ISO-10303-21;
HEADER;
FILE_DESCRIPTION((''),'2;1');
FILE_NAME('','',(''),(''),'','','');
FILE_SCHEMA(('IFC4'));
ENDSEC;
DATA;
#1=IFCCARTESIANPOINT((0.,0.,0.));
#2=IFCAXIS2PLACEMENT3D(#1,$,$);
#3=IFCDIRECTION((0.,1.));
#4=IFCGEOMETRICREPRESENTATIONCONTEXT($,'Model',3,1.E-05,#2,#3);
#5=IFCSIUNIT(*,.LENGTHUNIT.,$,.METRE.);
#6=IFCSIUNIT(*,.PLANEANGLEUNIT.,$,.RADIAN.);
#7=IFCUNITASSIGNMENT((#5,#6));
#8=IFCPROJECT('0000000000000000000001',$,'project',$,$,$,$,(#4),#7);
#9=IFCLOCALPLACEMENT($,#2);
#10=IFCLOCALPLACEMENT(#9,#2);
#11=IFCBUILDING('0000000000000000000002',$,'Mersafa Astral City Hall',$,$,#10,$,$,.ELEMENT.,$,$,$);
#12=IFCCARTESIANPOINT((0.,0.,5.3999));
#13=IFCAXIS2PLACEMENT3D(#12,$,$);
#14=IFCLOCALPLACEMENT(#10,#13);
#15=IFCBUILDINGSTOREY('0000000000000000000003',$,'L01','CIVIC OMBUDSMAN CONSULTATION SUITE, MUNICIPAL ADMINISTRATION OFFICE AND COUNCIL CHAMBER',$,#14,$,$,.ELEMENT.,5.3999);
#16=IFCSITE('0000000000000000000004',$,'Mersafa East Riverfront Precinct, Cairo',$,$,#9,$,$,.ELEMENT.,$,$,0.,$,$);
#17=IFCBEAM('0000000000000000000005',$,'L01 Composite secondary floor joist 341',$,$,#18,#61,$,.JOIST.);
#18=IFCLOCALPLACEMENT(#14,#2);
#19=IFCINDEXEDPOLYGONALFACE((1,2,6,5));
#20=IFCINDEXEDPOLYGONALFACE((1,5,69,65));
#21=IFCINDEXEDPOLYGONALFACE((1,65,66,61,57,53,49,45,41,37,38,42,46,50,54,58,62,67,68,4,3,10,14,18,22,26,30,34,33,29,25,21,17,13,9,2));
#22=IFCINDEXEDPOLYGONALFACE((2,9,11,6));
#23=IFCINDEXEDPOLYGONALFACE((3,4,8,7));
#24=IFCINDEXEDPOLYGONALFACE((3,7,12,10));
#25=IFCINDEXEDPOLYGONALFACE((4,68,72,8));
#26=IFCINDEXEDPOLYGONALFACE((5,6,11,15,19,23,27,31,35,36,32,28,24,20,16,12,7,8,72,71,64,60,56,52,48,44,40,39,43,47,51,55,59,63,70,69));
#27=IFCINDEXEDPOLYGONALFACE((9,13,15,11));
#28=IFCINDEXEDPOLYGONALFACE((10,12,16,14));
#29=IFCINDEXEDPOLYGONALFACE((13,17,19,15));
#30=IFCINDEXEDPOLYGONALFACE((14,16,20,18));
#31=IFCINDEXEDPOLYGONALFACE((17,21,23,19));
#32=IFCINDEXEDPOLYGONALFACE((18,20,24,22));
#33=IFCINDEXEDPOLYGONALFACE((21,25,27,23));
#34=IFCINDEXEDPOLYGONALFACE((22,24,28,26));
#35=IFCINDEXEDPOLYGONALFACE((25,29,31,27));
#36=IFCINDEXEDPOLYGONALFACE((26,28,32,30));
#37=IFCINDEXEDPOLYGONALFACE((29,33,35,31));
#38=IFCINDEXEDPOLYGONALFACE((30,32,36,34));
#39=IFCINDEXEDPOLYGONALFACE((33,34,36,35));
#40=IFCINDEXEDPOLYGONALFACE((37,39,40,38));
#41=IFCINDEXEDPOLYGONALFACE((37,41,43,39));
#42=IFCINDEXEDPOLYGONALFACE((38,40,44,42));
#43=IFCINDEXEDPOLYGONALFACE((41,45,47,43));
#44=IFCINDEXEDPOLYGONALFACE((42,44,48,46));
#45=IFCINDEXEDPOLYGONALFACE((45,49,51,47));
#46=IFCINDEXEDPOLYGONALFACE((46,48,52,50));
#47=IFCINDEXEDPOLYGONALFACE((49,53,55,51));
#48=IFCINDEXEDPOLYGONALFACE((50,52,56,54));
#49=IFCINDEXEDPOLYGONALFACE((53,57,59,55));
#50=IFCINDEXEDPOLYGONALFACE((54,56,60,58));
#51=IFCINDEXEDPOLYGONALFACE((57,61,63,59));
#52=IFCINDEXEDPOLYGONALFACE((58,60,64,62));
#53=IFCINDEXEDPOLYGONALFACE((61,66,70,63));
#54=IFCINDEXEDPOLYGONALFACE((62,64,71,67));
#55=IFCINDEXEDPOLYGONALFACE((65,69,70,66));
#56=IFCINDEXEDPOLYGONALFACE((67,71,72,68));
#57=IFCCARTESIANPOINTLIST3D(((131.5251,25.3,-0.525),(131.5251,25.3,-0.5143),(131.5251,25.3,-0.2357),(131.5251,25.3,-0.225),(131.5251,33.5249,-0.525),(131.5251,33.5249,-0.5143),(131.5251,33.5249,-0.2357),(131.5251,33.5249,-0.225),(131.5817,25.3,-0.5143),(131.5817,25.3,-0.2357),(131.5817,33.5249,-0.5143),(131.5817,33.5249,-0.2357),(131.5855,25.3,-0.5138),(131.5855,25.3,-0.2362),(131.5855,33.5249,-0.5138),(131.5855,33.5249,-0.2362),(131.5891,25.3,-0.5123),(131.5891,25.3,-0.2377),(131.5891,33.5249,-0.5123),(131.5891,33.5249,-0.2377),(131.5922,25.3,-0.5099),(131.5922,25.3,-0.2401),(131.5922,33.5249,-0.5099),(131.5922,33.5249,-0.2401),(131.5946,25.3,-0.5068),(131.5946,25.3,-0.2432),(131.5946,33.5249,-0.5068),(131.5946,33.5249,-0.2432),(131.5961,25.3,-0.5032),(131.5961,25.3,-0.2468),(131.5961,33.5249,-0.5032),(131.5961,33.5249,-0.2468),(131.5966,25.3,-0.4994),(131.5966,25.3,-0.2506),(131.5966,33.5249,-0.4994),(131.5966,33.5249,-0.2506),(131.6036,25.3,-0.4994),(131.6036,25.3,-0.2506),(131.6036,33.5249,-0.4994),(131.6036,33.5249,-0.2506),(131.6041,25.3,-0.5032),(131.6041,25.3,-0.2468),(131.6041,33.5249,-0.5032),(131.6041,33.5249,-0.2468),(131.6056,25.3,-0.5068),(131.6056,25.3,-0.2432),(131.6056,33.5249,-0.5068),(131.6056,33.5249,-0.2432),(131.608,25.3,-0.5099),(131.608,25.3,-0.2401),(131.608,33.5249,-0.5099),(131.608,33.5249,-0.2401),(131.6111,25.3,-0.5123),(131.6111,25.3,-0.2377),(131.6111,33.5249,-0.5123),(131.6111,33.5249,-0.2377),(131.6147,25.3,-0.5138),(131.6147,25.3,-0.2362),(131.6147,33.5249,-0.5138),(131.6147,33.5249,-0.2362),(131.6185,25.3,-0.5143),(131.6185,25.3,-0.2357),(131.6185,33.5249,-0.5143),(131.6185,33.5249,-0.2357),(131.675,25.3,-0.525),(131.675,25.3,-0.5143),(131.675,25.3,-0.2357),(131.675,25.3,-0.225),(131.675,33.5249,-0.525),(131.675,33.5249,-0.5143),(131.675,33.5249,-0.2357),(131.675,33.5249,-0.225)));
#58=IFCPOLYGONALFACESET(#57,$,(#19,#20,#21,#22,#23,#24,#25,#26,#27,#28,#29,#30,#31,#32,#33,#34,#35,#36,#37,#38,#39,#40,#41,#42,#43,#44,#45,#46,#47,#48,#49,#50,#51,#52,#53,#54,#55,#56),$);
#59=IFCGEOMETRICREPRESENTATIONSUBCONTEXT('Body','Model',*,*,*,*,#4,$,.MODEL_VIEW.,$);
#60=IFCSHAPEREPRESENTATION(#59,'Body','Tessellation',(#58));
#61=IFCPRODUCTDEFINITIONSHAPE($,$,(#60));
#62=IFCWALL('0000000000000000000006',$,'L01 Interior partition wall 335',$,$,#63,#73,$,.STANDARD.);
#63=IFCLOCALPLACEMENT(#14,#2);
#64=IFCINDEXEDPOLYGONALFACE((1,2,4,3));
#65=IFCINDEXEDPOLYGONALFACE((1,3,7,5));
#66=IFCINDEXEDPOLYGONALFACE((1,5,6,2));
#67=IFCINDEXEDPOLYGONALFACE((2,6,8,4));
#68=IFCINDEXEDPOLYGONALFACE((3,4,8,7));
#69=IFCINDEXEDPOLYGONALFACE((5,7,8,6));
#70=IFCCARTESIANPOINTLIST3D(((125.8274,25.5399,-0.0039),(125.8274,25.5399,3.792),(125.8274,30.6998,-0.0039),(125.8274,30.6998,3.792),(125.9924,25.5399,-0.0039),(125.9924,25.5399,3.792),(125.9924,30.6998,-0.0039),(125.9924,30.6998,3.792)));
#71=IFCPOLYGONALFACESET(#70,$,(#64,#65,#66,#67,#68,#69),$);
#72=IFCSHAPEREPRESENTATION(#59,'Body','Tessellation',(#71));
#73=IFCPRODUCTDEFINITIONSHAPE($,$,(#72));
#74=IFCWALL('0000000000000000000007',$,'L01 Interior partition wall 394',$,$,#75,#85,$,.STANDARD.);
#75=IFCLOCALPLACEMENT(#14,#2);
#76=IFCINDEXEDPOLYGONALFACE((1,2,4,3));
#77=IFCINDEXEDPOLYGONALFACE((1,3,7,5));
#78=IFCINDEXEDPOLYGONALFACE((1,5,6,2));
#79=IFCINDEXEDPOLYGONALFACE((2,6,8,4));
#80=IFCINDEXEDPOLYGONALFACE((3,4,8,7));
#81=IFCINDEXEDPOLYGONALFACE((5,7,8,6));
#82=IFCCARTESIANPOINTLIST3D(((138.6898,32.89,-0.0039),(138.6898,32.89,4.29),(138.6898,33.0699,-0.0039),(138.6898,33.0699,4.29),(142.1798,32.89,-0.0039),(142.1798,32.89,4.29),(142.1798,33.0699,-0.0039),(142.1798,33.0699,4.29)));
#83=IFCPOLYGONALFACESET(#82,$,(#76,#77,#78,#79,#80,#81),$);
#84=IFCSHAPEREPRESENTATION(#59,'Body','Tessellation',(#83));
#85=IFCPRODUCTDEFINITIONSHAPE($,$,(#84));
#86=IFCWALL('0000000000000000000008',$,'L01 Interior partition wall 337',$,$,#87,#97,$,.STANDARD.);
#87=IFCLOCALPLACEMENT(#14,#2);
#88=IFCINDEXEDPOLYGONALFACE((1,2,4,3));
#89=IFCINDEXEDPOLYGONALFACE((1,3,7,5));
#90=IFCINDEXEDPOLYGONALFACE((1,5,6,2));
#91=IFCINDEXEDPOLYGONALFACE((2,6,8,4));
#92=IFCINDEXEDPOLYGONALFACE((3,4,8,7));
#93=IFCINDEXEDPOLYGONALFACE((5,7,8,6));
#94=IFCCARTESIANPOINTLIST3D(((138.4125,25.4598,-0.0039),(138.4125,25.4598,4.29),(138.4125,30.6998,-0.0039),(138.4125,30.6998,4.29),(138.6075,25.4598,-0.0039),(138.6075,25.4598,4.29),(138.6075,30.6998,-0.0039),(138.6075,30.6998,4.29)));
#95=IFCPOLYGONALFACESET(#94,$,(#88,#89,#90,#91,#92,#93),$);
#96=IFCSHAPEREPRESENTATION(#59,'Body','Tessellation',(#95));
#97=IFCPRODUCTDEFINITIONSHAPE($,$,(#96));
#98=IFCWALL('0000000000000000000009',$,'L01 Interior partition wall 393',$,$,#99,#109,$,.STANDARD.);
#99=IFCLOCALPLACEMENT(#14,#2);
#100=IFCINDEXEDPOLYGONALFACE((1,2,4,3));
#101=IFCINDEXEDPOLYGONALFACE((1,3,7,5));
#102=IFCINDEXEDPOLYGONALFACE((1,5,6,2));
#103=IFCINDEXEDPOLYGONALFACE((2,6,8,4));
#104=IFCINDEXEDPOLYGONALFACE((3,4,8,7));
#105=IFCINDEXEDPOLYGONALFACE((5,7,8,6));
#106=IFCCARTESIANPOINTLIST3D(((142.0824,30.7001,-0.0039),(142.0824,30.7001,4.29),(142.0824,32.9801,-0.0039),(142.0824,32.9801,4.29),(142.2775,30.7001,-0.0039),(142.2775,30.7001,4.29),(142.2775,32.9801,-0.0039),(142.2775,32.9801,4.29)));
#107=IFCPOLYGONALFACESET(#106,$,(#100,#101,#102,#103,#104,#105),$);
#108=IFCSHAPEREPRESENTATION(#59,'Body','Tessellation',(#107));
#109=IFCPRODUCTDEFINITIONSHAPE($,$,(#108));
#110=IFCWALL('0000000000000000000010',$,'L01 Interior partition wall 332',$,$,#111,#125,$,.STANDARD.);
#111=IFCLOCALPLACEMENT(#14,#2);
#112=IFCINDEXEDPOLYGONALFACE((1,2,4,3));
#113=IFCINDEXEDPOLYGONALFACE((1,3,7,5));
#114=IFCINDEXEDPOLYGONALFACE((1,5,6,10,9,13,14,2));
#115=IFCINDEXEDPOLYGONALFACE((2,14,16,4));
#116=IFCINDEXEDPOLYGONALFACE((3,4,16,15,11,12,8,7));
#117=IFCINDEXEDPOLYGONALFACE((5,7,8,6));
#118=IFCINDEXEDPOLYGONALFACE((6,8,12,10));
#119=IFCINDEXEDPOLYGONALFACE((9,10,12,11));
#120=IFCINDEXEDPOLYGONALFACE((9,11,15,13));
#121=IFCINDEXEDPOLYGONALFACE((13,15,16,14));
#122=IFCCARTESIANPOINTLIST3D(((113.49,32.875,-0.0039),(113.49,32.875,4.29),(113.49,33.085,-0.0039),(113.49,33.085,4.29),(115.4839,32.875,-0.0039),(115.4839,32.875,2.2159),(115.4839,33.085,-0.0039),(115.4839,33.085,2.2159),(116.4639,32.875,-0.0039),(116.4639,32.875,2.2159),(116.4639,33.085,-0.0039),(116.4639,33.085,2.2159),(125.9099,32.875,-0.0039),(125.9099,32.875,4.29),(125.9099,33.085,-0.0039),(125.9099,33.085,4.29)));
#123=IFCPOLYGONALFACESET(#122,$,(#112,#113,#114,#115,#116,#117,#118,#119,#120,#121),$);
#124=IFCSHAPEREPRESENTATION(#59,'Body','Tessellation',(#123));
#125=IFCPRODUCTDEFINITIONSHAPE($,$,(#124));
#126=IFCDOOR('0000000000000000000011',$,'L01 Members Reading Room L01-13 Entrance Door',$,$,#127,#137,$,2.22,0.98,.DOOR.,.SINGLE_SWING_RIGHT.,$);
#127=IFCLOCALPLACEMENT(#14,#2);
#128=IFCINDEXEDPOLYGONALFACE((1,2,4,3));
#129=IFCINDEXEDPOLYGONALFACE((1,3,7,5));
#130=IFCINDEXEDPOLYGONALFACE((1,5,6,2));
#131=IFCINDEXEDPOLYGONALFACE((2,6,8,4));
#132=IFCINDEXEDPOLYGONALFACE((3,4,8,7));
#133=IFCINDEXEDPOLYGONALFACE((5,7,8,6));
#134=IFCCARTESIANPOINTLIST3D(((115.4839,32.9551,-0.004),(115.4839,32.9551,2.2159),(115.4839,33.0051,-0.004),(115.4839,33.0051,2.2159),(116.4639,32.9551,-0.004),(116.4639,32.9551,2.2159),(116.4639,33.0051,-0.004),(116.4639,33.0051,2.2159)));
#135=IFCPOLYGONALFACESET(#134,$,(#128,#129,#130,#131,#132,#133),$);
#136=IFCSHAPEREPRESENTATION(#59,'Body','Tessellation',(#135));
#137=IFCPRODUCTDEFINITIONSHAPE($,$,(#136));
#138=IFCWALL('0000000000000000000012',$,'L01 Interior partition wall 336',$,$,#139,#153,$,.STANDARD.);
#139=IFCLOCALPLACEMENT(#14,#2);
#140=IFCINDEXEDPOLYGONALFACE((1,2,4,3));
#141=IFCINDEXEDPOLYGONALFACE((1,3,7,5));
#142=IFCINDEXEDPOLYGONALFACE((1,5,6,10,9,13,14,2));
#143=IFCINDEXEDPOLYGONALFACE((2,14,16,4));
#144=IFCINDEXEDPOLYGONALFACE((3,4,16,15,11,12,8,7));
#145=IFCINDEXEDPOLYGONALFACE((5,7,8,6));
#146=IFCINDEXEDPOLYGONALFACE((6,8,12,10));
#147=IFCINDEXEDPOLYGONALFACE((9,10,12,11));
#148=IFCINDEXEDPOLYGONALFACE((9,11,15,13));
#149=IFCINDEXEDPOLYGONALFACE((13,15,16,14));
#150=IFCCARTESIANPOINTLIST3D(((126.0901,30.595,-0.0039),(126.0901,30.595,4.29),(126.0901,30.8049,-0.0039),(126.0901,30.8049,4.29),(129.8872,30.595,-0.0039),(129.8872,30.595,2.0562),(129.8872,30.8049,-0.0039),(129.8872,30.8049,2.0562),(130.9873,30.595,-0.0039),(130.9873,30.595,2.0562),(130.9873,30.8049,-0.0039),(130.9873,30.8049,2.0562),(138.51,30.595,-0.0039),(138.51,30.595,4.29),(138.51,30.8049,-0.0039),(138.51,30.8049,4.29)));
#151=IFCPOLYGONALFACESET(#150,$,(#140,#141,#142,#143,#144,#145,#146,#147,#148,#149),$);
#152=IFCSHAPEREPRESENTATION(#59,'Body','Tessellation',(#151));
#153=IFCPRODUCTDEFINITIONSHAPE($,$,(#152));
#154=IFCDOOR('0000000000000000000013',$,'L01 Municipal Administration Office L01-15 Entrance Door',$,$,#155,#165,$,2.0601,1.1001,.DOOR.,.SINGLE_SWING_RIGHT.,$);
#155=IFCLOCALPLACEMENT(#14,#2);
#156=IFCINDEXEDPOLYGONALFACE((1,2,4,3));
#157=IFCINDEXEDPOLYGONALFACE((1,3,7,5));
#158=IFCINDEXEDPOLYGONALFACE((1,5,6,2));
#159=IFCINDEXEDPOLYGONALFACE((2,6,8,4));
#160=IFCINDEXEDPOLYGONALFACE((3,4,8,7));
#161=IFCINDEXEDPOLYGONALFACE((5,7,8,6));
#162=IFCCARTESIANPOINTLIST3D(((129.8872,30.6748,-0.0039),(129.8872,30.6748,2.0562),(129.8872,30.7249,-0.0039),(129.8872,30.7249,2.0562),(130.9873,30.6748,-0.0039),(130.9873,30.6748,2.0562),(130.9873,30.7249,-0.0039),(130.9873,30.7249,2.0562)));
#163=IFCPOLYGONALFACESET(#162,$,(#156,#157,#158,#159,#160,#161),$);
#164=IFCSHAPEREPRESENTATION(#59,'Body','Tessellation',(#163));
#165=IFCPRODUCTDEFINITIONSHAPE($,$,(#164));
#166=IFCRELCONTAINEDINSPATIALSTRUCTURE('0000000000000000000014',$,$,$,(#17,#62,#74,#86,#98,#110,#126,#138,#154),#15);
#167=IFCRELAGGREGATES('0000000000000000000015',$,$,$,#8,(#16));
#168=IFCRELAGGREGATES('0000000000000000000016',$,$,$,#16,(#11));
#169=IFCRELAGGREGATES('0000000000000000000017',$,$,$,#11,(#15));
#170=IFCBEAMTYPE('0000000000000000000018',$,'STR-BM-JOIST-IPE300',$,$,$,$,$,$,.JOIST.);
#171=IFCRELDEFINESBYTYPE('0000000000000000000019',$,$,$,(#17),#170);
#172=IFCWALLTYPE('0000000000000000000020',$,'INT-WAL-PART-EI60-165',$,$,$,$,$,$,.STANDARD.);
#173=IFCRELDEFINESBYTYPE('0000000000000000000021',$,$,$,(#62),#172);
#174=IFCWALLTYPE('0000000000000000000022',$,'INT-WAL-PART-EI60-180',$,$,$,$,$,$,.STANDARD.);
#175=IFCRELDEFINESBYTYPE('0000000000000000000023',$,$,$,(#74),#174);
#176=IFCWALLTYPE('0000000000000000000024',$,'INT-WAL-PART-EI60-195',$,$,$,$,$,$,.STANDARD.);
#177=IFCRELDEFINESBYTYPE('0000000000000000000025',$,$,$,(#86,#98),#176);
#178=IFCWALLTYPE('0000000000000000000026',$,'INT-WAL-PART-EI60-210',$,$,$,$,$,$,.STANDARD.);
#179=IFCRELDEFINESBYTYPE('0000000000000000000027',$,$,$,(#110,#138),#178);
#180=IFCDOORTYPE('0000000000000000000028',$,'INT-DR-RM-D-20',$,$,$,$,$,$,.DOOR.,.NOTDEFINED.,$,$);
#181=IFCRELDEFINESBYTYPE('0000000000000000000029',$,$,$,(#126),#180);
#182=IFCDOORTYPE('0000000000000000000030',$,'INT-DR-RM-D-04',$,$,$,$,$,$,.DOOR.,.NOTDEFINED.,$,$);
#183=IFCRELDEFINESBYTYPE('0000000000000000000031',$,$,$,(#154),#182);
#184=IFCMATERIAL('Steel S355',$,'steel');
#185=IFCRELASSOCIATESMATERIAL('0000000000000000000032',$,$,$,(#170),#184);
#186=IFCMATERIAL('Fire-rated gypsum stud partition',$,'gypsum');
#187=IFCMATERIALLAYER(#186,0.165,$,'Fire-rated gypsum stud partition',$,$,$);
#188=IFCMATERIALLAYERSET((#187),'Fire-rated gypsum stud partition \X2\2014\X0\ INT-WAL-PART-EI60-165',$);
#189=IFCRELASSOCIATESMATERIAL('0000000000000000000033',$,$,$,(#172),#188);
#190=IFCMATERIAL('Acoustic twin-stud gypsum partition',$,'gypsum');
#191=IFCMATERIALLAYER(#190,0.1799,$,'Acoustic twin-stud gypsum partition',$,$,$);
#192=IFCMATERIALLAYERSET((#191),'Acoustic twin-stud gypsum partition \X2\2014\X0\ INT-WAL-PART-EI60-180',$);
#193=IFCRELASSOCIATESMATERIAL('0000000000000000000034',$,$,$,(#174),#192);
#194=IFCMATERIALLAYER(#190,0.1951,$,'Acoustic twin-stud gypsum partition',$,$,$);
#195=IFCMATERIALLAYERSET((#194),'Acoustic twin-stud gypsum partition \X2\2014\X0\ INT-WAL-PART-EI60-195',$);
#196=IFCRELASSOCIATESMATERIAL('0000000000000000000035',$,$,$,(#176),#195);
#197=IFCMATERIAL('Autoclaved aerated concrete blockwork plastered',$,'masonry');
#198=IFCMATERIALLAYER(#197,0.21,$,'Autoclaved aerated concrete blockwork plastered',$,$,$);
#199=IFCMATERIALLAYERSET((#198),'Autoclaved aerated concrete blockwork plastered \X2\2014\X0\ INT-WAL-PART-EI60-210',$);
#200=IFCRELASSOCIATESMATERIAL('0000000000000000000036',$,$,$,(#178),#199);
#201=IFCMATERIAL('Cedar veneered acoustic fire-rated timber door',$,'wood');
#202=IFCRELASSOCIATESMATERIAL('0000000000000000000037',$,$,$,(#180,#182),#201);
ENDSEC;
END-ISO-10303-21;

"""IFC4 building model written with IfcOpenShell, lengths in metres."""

from ifc_helpers import new_model, si_unit, direction, frame, frame_2d, origin, origin_2d, place, context, subcontext, project, spatial, rectangle, i_section, extrude, material, layer, layer_set, material_profile, profile_set, type_object, element, fill, save


model = new_model("IFC4")

# Units and contexts
model_context = context("Model", 3, precision=1e-05, world=origin(), true_north=direction((0.0, 1.0)))
body_context = subcontext(model_context, "Body", "Model", "MODEL_VIEW")
ifc_project = project(units=[si_unit("LENGTHUNIT", "METRE"), si_unit("PLANEANGLEUNIT", "RADIAN")], contexts=[model_context])

# Site, building, storey
site_placement = place(None, origin())
site = spatial("IfcSite", under=ifc_project, at=site_placement, Name="Mersafa East Riverfront Precinct, Cairo", CompositionType="ELEMENT", RefElevation=0.0)
building_placement = place(site_placement, origin())
building = spatial("IfcBuilding", under=site, at=building_placement, Name="Mersafa Astral City Hall", CompositionType="ELEMENT")
storey_placement = place(building_placement, frame((0.0, 0.0, 5.3999)))
storey = spatial("IfcBuildingStorey", under=building, at=storey_placement, Name="L01", Description="CIVIC OMBUDSMAN CONSULTATION SUITE, MUNICIPAL ADMINISTRATION OFFICE AND COUNCIL CHAMBER", CompositionType="ELEMENT", Elevation=5.3999)

# Shared definitions
ifc_material_1 = material(Name="Steel S355", Category="steel")

# Beam
ifc_material_profile_1 = material_profile(ifc_material_1, i_section(OverallWidth=0.1499, OverallDepth=0.3, WebThickness=0.0071, FlangeThickness=0.0107, FilletRadius=0.0149, at=origin_2d()), Name="IPE 300")
ifc_profile_set_1 = profile_set([ifc_material_profile_1], Name="Steel S355")
beam_type_1 = type_object("IfcBeamType", Name="STR-BM-JOIST-IPE300", PredefinedType="JOIST", material=ifc_profile_set_1)
for number, where, z_axis, x_axis, name in (
    (1, (131.6001, 25.3, -0.375), (0.0, 1.0, 0.0), (-1.0, 0.0, 0.0), "L01 Composite secondary floor joist 341"),
):
    element("IfcBeam", number, at=place(storey_placement, frame(where, z_axis=z_axis, x_axis=x_axis)), inside=storey, type_object=beam_type_1, Name=name, PredefinedType="JOIST", context=body_context, shape_type="SweptSolid", body=[
        extrude(i_section(OverallWidth=0.1499, OverallDepth=0.3, WebThickness=0.0071, FlangeThickness=0.0107, FilletRadius=0.0149, at=origin_2d()), origin(), (0.0, 0.0, 1.0), 8.2249),
    ])

# Walls
ifc_material_2 = material(Name="Fire-rated gypsum stud partition", Category="gypsum")
ifc_layer_1 = layer(ifc_material_2, 0.165, Name="Fire-rated gypsum stud partition")
ifc_layer_set_1 = layer_set([ifc_layer_1], Name="Fire-rated gypsum stud partition — INT-WAL-PART-EI60-165")
wall_type_1 = type_object("IfcWallType", Name="INT-WAL-PART-EI60-165", PredefinedType="STANDARD", material=ifc_layer_set_1)
wall_1_placement = place(storey_placement, frame((125.9099, 30.7, -0.0039), z_axis=(0.0, 0.0, 1.0), x_axis=(0.0, -1.0, 0.0)))
element("IfcWall", 2, at=wall_1_placement, inside=storey, type_object=wall_type_1, Name="L01 Interior partition wall 335", PredefinedType="STANDARD", context=body_context, shape_type="SweptSolid", body=[
    extrude(rectangle(XDim=5.1599, YDim=0.165, at=frame_2d((2.5801, 0.0))), origin(), (0.0, 0.0, 1.0), 3.7959),
])
ifc_material_3 = material(Name="Acoustic twin-stud gypsum partition", Category="gypsum")
ifc_layer_2 = layer(ifc_material_3, 0.1799, Name="Acoustic twin-stud gypsum partition")
ifc_layer_set_2 = layer_set([ifc_layer_2], Name="Acoustic twin-stud gypsum partition — INT-WAL-PART-EI60-180")
wall_type_2 = type_object("IfcWallType", Name="INT-WAL-PART-EI60-180", PredefinedType="STANDARD", material=ifc_layer_set_2)
wall_2_placement = place(storey_placement, frame((142.1799, 32.98, -0.0039), z_axis=(0.0, 0.0, 1.0), x_axis=(-1.0, 0.0, 0.0)))
element("IfcWall", 3, at=wall_2_placement, inside=storey, type_object=wall_type_2, Name="L01 Interior partition wall 394", PredefinedType="STANDARD", context=body_context, shape_type="SweptSolid", body=[
    extrude(rectangle(XDim=3.49, YDim=0.1799, at=frame_2d((1.7451, 0.0))), origin(), (0.0, 0.0, 1.0), 4.2939),
])
ifc_layer_3 = layer(ifc_material_3, 0.1951, Name="Acoustic twin-stud gypsum partition")
ifc_layer_set_3 = layer_set([ifc_layer_3], Name="Acoustic twin-stud gypsum partition — INT-WAL-PART-EI60-195")
wall_type_3 = type_object("IfcWallType", Name="INT-WAL-PART-EI60-195", PredefinedType="STANDARD", material=ifc_layer_set_3)
wall_3_placement = place(storey_placement, frame((138.51, 30.7, -0.0039), z_axis=(0.0, 0.0, 1.0), x_axis=(0.0, -1.0, 0.0)))
element("IfcWall", 4, at=wall_3_placement, inside=storey, type_object=wall_type_3, Name="L01 Interior partition wall 337", PredefinedType="STANDARD", context=body_context, shape_type="SweptSolid", body=[
    extrude(rectangle(XDim=5.24, YDim=0.1951, at=frame_2d((2.6201, 0.0))), origin(), (0.0, 0.0, 1.0), 4.2939),
])
wall_4_placement = place(storey_placement, frame((142.1799, 30.7, -0.0039), z_axis=(0.0, 0.0, 1.0), x_axis=(0.0, 1.0, 0.0)))
element("IfcWall", 5, at=wall_4_placement, inside=storey, type_object=wall_type_3, Name="L01 Interior partition wall 393", PredefinedType="STANDARD", context=body_context, shape_type="SweptSolid", body=[
    extrude(rectangle(XDim=2.28, YDim=0.1951, at=frame_2d((1.1401, 0.0))), origin(), (0.0, 0.0, 1.0), 4.2939),
])

# Walls, openings, doors
ifc_material_4 = material(Name="Autoclaved aerated concrete blockwork plastered", Category="masonry")
ifc_layer_4 = layer(ifc_material_4, 0.21, Name="Autoclaved aerated concrete blockwork plastered")
ifc_layer_set_4 = layer_set([ifc_layer_4], Name="Autoclaved aerated concrete blockwork plastered — INT-WAL-PART-EI60-210")
wall_type_4 = type_object("IfcWallType", Name="INT-WAL-PART-EI60-210", PredefinedType="STANDARD", material=ifc_layer_set_4)
wall_5_placement = place(storey_placement, frame((125.9099, 32.98, -0.0039), z_axis=(0.0, 0.0, 1.0), x_axis=(-1.0, 0.0, 0.0)))
wall_5 = element("IfcWall", 6, at=wall_5_placement, inside=storey, type_object=wall_type_4, Name="L01 Interior partition wall 332", PredefinedType="STANDARD", context=body_context, shape_type="SweptSolid", body=[
    extrude(rectangle(XDim=12.4199, YDim=0.21, at=frame_2d((6.21, 0.0))), origin(), (0.0, 0.0, 1.0), 4.2939),
])
opening_1_placement = place(wall_5_placement, frame((9.446, 0.0, 0.0)))
opening_1 = element("IfcOpeningElement", 7, at=opening_1_placement, cuts=wall_5, PredefinedType="OPENING", context=body_context, shape_type="SweptSolid", body=[
    extrude(rectangle(XDim=0.98, YDim=2.22, at=frame_2d((0.49, 1.1099))), frame((0.0, 0.115, 0.0), z_axis=(0.0, -1.0, 0.0), x_axis=(1.0, 0.0, 0.0)), (0.0, 0.0, 1.0), 0.23),
])
ifc_material_5 = material(Name="Cedar veneered acoustic fire-rated timber door", Category="wood")
door_type_1 = type_object("IfcDoorType", Name="INT-DR-RM-D-20", OperationType="NOTDEFINED", PredefinedType="DOOR", material=ifc_material_5)
door_1_placement = place(opening_1_placement, origin())
door_1 = element("IfcDoor", 8, at=door_1_placement, inside=storey, type_object=door_type_1, Name="L01 Members Reading Room L01-13 Entrance Door", OperationType="SINGLE_SWING_RIGHT", OverallHeight=2.22, OverallWidth=0.98, PredefinedType="DOOR", context=body_context, shape_type="SweptSolid", body=[
    extrude(rectangle(XDim=0.98, YDim=2.22, at=frame_2d((0.49, 1.1099))), frame((0.0, 0.0249, 0.0), z_axis=(0.0, -1.0, 0.0), x_axis=(1.0, 0.0, 0.0)), (0.0, 0.0, 1.0), 0.05),
])
fill(opening_1, door_1)
wall_6_placement = place(storey_placement, frame((126.0901, 30.7, -0.0039), z_axis=(0.0, 0.0, 1.0), x_axis=(1.0, 0.0, 0.0)))
wall_6 = element("IfcWall", 9, at=wall_6_placement, inside=storey, type_object=wall_type_4, Name="L01 Interior partition wall 336", PredefinedType="STANDARD", context=body_context, shape_type="SweptSolid", body=[
    extrude(rectangle(XDim=12.4199, YDim=0.21, at=frame_2d((6.21, 0.0))), origin(), (0.0, 0.0, 1.0), 4.2939),
])
opening_2_placement = place(wall_6_placement, frame((3.7971, 0.0, 0.0)))
opening_2 = element("IfcOpeningElement", 10, at=opening_2_placement, cuts=wall_6, PredefinedType="OPENING", context=body_context, shape_type="SweptSolid", body=[
    extrude(rectangle(XDim=1.1001, YDim=2.0601, at=frame_2d((0.55, 1.03))), frame((0.0, 0.115, 0.0), z_axis=(0.0, -1.0, 0.0), x_axis=(1.0, 0.0, 0.0)), (0.0, 0.0, 1.0), 0.23),
])
door_type_2 = type_object("IfcDoorType", Name="INT-DR-RM-D-04", OperationType="NOTDEFINED", PredefinedType="DOOR", material=ifc_material_5)
door_2_placement = place(opening_2_placement, origin())
door_2 = element("IfcDoor", 11, at=door_2_placement, inside=storey, type_object=door_type_2, Name="L01 Municipal Administration Office L01-15 Entrance Door", OperationType="SINGLE_SWING_RIGHT", OverallHeight=2.0601, OverallWidth=1.1001, PredefinedType="DOOR", context=body_context, shape_type="SweptSolid", body=[
    extrude(rectangle(XDim=1.1001, YDim=2.0601, at=frame_2d((0.55, 1.03))), frame((0.0, 0.0249, 0.0), z_axis=(0.0, -1.0, 0.0), x_axis=(1.0, 0.0, 0.0)), (0.0, 0.0, 1.0), 0.05),
])
fill(opening_2, door_2)

save(model, "model.ifc")
